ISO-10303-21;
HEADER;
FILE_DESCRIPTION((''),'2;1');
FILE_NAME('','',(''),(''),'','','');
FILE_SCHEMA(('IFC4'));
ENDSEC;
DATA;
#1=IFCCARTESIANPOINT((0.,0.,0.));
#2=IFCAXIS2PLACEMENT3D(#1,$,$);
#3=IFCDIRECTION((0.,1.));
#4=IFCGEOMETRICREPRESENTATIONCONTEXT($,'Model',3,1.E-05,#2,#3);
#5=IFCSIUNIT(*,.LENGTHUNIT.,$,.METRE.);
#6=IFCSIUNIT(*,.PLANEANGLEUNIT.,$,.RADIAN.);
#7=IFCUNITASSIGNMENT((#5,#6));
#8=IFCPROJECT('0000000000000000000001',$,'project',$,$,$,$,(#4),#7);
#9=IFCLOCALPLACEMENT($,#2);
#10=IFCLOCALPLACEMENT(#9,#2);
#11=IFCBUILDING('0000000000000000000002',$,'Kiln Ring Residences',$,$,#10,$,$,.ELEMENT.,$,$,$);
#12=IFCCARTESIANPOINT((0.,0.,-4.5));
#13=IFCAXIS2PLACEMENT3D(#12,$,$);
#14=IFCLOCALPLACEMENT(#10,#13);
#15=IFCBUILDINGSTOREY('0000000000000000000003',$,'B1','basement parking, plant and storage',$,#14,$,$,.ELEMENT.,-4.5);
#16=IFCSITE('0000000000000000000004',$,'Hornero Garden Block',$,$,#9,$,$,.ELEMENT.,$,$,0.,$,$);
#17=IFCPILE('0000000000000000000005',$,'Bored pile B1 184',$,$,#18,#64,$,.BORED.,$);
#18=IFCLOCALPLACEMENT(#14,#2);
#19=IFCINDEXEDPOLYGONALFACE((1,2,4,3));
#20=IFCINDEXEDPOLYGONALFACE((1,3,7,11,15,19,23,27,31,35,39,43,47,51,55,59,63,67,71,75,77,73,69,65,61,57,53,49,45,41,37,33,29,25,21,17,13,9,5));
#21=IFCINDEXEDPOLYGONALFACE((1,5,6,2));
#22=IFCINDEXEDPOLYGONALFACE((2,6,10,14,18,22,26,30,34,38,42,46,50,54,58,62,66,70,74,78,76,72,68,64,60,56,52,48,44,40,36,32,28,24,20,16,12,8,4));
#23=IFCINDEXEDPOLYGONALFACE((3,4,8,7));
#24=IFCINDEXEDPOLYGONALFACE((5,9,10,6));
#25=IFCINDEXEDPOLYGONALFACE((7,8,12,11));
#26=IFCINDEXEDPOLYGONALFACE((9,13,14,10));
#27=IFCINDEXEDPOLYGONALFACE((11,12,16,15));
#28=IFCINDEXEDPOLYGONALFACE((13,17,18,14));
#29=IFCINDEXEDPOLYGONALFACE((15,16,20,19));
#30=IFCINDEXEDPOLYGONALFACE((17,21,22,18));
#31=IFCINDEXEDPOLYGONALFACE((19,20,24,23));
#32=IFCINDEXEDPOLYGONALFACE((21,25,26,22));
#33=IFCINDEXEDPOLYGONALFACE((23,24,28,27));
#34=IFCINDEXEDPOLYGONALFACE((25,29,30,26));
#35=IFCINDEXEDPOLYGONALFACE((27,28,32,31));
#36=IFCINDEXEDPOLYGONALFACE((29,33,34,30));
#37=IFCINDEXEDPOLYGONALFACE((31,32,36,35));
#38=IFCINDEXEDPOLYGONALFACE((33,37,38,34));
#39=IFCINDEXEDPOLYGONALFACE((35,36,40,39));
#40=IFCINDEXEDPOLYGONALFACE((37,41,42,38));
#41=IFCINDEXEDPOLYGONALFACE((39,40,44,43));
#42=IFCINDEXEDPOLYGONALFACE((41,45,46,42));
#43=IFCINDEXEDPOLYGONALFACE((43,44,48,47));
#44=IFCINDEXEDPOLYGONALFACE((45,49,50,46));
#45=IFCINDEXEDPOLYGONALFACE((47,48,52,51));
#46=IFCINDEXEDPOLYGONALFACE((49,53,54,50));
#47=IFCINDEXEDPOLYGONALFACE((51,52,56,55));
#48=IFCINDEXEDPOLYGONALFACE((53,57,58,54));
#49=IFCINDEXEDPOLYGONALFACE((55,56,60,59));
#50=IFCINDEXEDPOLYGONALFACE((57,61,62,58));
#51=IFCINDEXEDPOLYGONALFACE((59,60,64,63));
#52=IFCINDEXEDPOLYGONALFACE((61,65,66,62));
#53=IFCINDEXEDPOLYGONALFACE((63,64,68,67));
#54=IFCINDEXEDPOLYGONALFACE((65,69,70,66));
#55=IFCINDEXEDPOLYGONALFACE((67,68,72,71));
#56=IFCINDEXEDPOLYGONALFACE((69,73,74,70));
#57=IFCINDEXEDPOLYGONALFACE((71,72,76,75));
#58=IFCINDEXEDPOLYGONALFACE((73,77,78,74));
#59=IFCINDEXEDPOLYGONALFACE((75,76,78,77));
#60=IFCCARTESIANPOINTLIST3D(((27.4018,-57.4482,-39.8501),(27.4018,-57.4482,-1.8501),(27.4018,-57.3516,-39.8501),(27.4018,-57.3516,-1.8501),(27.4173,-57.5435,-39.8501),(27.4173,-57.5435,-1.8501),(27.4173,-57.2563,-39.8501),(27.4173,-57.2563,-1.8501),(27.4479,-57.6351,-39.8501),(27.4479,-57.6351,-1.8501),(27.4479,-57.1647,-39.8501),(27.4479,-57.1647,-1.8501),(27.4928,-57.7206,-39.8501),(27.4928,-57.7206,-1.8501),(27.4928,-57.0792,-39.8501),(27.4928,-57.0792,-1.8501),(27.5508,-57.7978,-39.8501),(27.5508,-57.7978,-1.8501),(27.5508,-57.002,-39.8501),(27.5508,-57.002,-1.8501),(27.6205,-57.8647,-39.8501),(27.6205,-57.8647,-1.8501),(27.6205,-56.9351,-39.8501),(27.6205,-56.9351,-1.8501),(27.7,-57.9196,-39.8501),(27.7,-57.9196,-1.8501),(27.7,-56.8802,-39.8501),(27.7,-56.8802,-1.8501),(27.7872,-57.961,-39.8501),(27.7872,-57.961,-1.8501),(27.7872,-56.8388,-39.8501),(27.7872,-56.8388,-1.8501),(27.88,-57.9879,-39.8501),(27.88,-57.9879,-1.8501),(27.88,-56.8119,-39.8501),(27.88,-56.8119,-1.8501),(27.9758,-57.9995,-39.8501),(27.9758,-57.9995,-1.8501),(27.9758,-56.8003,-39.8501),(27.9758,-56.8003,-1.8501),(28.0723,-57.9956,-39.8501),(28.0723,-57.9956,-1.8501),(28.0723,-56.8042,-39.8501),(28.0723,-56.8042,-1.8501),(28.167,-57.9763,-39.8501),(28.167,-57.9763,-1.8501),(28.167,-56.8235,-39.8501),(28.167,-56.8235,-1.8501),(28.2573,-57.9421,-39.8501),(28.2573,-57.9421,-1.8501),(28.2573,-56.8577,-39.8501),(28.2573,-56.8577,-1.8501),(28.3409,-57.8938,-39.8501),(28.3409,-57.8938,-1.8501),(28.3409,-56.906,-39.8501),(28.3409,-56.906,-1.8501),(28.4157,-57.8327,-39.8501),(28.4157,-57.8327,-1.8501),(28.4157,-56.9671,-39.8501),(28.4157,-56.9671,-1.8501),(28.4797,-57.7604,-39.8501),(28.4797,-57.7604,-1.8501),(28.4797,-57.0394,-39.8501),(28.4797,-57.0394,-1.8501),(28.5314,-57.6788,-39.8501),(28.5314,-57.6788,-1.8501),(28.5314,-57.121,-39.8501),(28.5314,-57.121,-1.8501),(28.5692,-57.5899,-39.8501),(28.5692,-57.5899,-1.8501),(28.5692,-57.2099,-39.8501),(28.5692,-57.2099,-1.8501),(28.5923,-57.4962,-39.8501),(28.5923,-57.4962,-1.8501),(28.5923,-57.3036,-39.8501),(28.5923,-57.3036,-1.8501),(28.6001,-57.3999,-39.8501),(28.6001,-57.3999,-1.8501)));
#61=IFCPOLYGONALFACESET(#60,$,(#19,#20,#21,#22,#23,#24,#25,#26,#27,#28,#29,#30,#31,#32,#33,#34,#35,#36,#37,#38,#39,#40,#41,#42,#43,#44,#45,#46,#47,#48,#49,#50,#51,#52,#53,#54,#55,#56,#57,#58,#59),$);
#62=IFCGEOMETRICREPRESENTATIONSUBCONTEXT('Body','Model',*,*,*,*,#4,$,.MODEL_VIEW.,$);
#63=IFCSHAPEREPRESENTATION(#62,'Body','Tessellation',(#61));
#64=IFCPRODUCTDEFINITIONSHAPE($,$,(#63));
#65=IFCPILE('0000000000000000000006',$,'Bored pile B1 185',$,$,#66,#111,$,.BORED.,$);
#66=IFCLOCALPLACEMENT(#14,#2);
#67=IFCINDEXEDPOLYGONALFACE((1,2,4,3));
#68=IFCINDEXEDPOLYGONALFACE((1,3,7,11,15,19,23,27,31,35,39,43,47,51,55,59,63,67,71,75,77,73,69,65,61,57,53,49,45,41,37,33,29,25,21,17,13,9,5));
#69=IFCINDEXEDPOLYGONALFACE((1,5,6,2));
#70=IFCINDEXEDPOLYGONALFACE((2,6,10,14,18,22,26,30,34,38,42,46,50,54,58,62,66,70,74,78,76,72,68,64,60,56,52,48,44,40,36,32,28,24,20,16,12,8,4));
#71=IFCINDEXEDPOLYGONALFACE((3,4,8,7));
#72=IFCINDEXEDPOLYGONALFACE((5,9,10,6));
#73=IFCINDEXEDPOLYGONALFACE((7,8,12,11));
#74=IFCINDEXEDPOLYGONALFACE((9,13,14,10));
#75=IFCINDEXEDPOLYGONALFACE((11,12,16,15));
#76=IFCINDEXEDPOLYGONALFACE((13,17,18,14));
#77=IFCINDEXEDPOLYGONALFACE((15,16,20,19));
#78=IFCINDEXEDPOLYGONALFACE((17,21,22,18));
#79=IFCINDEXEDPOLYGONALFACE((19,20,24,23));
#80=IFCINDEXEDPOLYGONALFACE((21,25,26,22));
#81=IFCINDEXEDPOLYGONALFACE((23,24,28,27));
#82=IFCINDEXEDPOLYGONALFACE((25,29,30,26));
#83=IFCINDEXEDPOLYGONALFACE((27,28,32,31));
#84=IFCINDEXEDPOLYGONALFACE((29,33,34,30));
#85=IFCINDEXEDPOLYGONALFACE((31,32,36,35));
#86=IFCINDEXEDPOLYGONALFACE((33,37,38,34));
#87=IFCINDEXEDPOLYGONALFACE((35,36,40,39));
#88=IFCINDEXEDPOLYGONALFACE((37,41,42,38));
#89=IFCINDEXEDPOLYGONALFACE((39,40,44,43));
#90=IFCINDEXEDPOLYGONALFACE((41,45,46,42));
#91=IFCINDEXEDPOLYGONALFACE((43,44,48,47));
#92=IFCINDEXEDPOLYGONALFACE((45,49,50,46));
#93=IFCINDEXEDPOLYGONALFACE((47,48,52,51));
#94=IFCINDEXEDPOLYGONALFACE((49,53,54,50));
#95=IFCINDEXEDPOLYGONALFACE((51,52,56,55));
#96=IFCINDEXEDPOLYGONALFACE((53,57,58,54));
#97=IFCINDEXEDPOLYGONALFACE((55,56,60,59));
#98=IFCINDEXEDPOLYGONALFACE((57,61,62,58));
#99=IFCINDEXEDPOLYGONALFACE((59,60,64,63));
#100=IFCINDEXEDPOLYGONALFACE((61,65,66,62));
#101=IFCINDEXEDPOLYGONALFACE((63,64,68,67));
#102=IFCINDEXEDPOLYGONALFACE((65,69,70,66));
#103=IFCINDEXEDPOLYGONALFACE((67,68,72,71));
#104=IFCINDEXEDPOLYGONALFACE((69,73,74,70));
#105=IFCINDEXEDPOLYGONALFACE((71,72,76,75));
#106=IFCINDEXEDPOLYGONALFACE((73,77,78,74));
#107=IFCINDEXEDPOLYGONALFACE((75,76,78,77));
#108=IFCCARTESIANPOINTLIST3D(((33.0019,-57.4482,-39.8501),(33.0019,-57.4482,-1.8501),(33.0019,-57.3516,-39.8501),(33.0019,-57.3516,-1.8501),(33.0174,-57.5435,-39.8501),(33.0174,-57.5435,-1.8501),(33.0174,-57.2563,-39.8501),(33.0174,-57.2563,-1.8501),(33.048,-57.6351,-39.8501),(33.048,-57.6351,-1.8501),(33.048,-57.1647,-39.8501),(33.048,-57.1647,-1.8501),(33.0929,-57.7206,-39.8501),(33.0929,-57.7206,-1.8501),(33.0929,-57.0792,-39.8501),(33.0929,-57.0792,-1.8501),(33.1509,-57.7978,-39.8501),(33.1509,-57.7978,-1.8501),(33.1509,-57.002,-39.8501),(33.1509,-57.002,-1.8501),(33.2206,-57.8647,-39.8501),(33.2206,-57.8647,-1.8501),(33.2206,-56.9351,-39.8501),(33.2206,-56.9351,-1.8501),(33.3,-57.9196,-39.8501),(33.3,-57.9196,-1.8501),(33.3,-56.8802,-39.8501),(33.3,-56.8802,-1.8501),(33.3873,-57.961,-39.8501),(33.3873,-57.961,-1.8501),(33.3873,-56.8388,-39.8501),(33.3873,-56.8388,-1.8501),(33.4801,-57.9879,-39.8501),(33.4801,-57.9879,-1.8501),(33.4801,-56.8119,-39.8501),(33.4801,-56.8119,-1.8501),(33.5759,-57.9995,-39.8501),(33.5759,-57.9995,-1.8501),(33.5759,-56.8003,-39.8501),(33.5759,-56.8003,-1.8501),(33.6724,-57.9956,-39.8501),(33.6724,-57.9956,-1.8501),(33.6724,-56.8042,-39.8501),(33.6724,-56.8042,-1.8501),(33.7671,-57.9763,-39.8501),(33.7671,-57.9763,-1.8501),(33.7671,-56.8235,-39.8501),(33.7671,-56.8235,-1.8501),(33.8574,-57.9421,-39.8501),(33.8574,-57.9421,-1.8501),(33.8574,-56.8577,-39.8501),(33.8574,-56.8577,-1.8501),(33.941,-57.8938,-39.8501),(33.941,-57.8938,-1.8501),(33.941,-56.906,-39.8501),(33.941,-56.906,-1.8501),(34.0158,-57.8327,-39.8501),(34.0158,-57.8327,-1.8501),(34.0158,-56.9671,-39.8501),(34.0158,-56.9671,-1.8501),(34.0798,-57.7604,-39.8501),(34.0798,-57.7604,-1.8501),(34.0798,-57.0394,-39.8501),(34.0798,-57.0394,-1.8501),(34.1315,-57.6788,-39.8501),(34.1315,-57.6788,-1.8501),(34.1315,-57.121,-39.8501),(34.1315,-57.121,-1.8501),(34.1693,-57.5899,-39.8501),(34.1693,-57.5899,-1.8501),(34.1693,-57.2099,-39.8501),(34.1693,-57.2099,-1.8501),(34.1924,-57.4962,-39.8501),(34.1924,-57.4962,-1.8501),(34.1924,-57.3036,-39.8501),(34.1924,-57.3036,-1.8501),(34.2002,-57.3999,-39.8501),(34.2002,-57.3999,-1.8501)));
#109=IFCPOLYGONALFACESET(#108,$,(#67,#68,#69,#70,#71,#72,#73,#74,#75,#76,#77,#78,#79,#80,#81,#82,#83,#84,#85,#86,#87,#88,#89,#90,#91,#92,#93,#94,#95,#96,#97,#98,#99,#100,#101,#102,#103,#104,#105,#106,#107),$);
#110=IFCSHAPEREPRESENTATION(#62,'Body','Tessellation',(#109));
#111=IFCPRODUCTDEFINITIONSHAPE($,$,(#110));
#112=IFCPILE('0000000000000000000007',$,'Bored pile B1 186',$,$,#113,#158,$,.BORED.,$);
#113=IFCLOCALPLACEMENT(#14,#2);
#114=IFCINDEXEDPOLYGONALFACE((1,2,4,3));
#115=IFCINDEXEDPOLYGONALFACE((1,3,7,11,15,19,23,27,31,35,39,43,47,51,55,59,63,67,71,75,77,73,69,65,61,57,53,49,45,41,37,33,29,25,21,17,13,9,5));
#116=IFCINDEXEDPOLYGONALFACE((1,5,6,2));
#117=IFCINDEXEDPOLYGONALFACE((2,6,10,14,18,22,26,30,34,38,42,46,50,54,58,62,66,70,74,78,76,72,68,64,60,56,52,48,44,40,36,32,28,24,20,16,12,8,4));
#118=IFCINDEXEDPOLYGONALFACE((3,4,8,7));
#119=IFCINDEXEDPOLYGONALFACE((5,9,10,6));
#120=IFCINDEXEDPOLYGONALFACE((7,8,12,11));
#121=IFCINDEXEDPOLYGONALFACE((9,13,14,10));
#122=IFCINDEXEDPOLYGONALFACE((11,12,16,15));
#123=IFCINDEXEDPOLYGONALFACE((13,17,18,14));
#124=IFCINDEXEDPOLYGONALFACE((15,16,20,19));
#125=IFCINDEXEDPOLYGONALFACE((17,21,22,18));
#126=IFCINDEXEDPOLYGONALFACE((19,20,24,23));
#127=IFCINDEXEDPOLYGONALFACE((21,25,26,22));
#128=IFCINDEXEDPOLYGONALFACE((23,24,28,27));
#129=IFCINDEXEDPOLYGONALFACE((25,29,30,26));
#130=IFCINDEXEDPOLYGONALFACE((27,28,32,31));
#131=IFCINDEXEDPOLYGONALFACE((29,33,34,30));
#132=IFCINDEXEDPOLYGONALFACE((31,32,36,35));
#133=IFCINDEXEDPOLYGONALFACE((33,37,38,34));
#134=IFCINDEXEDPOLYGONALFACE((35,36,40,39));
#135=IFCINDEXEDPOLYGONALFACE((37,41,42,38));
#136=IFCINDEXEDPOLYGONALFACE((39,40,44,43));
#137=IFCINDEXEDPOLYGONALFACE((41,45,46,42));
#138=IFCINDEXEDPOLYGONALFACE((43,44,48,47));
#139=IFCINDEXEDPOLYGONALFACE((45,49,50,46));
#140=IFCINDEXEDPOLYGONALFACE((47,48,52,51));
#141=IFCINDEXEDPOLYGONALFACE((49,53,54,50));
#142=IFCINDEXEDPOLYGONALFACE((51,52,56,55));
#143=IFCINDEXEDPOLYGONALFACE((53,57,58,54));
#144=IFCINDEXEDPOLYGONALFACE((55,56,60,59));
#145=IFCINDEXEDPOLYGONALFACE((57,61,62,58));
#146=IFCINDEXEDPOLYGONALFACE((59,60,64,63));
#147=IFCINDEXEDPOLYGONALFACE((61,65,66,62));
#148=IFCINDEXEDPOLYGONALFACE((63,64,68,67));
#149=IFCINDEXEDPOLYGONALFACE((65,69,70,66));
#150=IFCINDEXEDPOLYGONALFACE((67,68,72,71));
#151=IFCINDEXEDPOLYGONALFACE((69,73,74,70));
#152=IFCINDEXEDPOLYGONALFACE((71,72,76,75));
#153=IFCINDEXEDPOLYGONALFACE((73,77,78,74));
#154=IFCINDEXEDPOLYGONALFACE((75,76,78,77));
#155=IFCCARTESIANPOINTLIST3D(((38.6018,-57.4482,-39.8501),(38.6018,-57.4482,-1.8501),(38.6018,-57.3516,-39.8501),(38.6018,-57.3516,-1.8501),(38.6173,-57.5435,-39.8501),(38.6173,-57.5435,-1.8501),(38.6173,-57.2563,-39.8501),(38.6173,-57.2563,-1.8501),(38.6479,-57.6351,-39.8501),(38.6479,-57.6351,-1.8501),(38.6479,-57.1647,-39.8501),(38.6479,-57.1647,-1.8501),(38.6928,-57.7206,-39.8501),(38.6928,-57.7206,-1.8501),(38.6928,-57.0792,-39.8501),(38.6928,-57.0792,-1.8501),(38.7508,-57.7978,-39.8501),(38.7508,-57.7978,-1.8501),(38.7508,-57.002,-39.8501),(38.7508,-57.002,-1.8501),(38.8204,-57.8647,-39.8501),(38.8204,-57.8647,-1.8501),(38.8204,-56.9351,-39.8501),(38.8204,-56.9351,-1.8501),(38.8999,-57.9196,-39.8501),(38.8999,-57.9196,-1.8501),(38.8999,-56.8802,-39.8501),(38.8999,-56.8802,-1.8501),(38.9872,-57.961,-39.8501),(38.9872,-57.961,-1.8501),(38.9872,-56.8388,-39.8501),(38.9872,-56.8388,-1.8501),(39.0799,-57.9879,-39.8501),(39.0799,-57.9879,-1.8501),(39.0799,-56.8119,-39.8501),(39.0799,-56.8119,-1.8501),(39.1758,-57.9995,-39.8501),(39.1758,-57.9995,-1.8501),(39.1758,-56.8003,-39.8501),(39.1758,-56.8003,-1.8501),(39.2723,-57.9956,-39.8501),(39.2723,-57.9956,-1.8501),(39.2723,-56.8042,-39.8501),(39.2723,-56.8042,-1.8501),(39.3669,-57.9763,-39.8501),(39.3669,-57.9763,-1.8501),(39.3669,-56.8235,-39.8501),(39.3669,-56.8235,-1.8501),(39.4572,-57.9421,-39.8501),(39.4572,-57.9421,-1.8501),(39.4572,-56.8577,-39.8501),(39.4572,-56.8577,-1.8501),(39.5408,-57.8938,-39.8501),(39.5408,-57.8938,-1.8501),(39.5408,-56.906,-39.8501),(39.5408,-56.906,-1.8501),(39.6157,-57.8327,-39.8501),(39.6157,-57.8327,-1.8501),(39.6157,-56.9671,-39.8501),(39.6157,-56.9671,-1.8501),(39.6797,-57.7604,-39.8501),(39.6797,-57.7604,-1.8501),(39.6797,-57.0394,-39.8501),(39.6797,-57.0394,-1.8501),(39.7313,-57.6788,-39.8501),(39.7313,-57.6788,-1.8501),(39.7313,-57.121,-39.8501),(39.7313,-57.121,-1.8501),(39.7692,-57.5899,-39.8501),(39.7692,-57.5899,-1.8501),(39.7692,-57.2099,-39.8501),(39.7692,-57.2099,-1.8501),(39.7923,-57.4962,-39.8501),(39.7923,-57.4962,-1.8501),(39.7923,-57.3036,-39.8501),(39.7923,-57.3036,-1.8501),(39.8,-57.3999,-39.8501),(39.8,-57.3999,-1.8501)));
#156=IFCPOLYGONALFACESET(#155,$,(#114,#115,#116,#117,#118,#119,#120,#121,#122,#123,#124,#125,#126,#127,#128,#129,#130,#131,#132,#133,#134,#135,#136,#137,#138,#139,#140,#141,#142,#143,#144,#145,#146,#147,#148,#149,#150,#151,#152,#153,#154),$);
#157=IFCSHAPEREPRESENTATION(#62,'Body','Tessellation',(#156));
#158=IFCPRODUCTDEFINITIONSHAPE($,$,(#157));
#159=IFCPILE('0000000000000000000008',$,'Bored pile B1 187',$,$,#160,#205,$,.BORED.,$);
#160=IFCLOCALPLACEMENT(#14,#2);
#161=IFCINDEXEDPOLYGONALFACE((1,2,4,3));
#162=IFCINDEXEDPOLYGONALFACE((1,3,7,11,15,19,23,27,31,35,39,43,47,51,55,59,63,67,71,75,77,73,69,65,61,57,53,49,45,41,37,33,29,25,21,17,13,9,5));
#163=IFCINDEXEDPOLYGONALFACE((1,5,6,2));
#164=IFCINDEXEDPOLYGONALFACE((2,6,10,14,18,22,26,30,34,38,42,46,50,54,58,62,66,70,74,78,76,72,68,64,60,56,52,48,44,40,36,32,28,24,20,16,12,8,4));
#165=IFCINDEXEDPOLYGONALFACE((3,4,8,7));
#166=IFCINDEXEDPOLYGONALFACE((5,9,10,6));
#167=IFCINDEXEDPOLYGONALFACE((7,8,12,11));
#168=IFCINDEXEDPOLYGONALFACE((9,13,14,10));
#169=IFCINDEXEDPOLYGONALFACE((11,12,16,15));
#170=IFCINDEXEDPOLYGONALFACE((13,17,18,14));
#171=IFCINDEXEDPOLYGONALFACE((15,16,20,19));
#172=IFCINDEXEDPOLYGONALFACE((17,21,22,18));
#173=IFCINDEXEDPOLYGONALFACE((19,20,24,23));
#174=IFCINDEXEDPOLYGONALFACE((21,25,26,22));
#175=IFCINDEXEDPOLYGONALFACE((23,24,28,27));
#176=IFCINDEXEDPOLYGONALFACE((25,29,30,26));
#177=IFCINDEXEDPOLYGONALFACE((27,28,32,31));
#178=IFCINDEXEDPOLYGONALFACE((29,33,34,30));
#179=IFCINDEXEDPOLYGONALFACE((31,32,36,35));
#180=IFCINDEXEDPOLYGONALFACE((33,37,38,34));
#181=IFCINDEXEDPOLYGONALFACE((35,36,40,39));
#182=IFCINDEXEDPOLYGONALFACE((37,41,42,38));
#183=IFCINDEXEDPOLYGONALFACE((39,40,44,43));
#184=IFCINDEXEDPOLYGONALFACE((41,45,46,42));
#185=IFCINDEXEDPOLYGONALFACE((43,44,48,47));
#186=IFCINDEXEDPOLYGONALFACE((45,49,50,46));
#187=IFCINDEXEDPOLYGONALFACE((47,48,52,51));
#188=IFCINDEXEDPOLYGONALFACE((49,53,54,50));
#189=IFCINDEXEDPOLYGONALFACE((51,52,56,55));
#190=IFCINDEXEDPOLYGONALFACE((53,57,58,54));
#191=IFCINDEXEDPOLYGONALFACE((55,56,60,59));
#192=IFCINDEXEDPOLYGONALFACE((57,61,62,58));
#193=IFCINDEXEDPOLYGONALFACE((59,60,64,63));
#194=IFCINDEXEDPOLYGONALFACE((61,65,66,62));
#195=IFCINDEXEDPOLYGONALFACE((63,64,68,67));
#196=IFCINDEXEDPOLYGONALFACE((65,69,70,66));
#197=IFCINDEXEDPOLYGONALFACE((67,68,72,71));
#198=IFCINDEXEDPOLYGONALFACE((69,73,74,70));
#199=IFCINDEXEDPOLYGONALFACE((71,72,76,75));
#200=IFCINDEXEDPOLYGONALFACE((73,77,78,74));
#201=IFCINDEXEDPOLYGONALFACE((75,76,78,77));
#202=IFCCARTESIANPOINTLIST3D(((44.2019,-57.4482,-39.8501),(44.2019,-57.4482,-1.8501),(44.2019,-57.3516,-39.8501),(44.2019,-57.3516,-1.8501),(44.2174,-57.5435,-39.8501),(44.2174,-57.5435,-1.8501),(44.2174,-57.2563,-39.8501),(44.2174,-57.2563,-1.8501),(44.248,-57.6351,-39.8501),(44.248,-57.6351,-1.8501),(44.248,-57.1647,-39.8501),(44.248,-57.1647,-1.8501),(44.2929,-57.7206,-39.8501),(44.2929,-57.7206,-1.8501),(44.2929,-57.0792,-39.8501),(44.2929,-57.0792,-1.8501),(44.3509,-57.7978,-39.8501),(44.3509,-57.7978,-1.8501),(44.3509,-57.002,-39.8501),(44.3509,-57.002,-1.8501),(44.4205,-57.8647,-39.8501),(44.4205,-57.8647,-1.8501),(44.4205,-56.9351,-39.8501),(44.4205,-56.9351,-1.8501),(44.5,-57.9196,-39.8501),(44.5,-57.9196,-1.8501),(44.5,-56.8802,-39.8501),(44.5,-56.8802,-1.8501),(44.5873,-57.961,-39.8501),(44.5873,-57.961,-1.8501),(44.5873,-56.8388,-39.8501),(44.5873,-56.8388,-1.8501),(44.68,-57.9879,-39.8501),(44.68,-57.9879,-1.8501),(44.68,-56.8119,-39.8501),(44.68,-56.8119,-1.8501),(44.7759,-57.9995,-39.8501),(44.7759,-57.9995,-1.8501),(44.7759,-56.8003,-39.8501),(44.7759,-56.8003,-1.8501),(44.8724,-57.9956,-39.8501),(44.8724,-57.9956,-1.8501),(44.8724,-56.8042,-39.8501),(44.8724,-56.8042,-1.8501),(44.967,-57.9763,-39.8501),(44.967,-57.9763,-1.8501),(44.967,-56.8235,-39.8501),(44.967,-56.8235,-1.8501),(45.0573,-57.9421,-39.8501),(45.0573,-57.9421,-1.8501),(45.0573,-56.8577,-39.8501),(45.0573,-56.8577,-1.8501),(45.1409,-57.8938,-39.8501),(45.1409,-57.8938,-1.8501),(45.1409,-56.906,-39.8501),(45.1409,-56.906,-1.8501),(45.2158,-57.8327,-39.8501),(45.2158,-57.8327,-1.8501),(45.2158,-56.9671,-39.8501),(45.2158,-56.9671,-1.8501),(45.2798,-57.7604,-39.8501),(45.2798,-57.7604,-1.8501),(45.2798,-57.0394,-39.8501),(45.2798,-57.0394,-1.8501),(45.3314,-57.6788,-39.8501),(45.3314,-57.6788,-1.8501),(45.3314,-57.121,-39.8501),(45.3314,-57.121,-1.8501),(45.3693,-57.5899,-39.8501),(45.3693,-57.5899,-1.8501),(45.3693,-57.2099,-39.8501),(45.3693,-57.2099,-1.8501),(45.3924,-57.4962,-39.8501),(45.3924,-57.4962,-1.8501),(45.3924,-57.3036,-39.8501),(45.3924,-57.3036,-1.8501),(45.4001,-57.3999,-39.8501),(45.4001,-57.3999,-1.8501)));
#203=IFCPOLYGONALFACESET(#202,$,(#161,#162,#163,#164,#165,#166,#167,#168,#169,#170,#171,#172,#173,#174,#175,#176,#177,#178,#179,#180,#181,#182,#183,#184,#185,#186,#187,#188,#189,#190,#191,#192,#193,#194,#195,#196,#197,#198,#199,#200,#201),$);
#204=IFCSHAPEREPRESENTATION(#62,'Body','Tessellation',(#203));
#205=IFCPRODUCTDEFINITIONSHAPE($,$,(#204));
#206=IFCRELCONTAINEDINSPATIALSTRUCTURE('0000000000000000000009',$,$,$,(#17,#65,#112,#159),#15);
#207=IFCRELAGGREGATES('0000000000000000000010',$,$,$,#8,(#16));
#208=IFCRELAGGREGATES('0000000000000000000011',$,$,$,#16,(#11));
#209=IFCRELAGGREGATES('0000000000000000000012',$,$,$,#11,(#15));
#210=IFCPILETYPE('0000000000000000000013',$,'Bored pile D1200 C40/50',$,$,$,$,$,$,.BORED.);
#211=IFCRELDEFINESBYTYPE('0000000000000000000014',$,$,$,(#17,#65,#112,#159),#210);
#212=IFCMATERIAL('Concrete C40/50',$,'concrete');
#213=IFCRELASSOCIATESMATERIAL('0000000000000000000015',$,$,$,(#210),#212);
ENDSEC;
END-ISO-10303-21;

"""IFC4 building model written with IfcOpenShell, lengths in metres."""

from ifc_helpers import new_model, si_unit, direction, frame, origin, origin_2d, place, context, subcontext, project, spatial, circle, extrude, material, material_profile, profile_set, type_object, element, save


model = new_model("IFC4")

# Units and contexts
model_context = context("Model", 3, precision=1e-05, world=origin(), true_north=direction((0.0, 1.0)))
body_context = subcontext(model_context, "Body", "Model", "MODEL_VIEW")
ifc_project = project(units=[si_unit("LENGTHUNIT", "METRE"), si_unit("PLANEANGLEUNIT", "RADIAN")], contexts=[model_context])

# Site, building, storey
site_placement = place(None, origin())
site = spatial("IfcSite", under=ifc_project, at=site_placement, Name="Hornero Garden Block", CompositionType="ELEMENT", RefElevation=0.0)
building_placement = place(site_placement, origin())
building = spatial("IfcBuilding", under=site, at=building_placement, Name="Kiln Ring Residences", CompositionType="ELEMENT")
storey_placement = place(building_placement, frame((0.0, 0.0, -4.5)))
storey = spatial("IfcBuildingStorey", under=building, at=storey_placement, Name="B1", Description="basement parking, plant and storage", CompositionType="ELEMENT", Elevation=-4.5)

# Piles
ifc_material_1 = material(Name="Concrete C40/50", Category="concrete")
ifc_material_profile_1 = material_profile(ifc_material_1, circle(Radius=0.6001, at=origin_2d()), Name="BORED1200")
ifc_profile_set_1 = profile_set([ifc_material_profile_1], Name="Concrete C40/50")
pile_type = type_object("IfcPileType", Name="Bored pile D1200 C40/50", PredefinedType="BORED", material=ifc_profile_set_1)
for number, where, z_axis, x_axis, name in (
    (1, (28.0, -57.3999, -1.8501), (0.0, 0.0, -1.0), (1.0, 0.0, 0.0), "Bored pile B1 184"),
    (2, (33.6001, -57.3999, -1.8501), (0.0, 0.0, -1.0), (1.0, 0.0, 0.0), "Bored pile B1 185"),
    (3, (39.2, -57.3999, -1.8501), (0.0, 0.0, -1.0), (1.0, 0.0, 0.0), "Bored pile B1 186"),
    (4, (44.8, -57.3999, -1.8501), (0.0, 0.0, -1.0), (1.0, 0.0, 0.0), "Bored pile B1 187"),
):
    element("IfcPile", number, at=place(storey_placement, frame(where, z_axis=z_axis, x_axis=x_axis)), inside=storey, type_object=pile_type, Name=name, PredefinedType="BORED", context=body_context, shape_type="SweptSolid", body=[
        extrude(circle(Radius=0.6001, at=origin_2d()), origin(), (0.0, 0.0, 1.0), 38.0),
    ])

save(model, "model.ifc")
